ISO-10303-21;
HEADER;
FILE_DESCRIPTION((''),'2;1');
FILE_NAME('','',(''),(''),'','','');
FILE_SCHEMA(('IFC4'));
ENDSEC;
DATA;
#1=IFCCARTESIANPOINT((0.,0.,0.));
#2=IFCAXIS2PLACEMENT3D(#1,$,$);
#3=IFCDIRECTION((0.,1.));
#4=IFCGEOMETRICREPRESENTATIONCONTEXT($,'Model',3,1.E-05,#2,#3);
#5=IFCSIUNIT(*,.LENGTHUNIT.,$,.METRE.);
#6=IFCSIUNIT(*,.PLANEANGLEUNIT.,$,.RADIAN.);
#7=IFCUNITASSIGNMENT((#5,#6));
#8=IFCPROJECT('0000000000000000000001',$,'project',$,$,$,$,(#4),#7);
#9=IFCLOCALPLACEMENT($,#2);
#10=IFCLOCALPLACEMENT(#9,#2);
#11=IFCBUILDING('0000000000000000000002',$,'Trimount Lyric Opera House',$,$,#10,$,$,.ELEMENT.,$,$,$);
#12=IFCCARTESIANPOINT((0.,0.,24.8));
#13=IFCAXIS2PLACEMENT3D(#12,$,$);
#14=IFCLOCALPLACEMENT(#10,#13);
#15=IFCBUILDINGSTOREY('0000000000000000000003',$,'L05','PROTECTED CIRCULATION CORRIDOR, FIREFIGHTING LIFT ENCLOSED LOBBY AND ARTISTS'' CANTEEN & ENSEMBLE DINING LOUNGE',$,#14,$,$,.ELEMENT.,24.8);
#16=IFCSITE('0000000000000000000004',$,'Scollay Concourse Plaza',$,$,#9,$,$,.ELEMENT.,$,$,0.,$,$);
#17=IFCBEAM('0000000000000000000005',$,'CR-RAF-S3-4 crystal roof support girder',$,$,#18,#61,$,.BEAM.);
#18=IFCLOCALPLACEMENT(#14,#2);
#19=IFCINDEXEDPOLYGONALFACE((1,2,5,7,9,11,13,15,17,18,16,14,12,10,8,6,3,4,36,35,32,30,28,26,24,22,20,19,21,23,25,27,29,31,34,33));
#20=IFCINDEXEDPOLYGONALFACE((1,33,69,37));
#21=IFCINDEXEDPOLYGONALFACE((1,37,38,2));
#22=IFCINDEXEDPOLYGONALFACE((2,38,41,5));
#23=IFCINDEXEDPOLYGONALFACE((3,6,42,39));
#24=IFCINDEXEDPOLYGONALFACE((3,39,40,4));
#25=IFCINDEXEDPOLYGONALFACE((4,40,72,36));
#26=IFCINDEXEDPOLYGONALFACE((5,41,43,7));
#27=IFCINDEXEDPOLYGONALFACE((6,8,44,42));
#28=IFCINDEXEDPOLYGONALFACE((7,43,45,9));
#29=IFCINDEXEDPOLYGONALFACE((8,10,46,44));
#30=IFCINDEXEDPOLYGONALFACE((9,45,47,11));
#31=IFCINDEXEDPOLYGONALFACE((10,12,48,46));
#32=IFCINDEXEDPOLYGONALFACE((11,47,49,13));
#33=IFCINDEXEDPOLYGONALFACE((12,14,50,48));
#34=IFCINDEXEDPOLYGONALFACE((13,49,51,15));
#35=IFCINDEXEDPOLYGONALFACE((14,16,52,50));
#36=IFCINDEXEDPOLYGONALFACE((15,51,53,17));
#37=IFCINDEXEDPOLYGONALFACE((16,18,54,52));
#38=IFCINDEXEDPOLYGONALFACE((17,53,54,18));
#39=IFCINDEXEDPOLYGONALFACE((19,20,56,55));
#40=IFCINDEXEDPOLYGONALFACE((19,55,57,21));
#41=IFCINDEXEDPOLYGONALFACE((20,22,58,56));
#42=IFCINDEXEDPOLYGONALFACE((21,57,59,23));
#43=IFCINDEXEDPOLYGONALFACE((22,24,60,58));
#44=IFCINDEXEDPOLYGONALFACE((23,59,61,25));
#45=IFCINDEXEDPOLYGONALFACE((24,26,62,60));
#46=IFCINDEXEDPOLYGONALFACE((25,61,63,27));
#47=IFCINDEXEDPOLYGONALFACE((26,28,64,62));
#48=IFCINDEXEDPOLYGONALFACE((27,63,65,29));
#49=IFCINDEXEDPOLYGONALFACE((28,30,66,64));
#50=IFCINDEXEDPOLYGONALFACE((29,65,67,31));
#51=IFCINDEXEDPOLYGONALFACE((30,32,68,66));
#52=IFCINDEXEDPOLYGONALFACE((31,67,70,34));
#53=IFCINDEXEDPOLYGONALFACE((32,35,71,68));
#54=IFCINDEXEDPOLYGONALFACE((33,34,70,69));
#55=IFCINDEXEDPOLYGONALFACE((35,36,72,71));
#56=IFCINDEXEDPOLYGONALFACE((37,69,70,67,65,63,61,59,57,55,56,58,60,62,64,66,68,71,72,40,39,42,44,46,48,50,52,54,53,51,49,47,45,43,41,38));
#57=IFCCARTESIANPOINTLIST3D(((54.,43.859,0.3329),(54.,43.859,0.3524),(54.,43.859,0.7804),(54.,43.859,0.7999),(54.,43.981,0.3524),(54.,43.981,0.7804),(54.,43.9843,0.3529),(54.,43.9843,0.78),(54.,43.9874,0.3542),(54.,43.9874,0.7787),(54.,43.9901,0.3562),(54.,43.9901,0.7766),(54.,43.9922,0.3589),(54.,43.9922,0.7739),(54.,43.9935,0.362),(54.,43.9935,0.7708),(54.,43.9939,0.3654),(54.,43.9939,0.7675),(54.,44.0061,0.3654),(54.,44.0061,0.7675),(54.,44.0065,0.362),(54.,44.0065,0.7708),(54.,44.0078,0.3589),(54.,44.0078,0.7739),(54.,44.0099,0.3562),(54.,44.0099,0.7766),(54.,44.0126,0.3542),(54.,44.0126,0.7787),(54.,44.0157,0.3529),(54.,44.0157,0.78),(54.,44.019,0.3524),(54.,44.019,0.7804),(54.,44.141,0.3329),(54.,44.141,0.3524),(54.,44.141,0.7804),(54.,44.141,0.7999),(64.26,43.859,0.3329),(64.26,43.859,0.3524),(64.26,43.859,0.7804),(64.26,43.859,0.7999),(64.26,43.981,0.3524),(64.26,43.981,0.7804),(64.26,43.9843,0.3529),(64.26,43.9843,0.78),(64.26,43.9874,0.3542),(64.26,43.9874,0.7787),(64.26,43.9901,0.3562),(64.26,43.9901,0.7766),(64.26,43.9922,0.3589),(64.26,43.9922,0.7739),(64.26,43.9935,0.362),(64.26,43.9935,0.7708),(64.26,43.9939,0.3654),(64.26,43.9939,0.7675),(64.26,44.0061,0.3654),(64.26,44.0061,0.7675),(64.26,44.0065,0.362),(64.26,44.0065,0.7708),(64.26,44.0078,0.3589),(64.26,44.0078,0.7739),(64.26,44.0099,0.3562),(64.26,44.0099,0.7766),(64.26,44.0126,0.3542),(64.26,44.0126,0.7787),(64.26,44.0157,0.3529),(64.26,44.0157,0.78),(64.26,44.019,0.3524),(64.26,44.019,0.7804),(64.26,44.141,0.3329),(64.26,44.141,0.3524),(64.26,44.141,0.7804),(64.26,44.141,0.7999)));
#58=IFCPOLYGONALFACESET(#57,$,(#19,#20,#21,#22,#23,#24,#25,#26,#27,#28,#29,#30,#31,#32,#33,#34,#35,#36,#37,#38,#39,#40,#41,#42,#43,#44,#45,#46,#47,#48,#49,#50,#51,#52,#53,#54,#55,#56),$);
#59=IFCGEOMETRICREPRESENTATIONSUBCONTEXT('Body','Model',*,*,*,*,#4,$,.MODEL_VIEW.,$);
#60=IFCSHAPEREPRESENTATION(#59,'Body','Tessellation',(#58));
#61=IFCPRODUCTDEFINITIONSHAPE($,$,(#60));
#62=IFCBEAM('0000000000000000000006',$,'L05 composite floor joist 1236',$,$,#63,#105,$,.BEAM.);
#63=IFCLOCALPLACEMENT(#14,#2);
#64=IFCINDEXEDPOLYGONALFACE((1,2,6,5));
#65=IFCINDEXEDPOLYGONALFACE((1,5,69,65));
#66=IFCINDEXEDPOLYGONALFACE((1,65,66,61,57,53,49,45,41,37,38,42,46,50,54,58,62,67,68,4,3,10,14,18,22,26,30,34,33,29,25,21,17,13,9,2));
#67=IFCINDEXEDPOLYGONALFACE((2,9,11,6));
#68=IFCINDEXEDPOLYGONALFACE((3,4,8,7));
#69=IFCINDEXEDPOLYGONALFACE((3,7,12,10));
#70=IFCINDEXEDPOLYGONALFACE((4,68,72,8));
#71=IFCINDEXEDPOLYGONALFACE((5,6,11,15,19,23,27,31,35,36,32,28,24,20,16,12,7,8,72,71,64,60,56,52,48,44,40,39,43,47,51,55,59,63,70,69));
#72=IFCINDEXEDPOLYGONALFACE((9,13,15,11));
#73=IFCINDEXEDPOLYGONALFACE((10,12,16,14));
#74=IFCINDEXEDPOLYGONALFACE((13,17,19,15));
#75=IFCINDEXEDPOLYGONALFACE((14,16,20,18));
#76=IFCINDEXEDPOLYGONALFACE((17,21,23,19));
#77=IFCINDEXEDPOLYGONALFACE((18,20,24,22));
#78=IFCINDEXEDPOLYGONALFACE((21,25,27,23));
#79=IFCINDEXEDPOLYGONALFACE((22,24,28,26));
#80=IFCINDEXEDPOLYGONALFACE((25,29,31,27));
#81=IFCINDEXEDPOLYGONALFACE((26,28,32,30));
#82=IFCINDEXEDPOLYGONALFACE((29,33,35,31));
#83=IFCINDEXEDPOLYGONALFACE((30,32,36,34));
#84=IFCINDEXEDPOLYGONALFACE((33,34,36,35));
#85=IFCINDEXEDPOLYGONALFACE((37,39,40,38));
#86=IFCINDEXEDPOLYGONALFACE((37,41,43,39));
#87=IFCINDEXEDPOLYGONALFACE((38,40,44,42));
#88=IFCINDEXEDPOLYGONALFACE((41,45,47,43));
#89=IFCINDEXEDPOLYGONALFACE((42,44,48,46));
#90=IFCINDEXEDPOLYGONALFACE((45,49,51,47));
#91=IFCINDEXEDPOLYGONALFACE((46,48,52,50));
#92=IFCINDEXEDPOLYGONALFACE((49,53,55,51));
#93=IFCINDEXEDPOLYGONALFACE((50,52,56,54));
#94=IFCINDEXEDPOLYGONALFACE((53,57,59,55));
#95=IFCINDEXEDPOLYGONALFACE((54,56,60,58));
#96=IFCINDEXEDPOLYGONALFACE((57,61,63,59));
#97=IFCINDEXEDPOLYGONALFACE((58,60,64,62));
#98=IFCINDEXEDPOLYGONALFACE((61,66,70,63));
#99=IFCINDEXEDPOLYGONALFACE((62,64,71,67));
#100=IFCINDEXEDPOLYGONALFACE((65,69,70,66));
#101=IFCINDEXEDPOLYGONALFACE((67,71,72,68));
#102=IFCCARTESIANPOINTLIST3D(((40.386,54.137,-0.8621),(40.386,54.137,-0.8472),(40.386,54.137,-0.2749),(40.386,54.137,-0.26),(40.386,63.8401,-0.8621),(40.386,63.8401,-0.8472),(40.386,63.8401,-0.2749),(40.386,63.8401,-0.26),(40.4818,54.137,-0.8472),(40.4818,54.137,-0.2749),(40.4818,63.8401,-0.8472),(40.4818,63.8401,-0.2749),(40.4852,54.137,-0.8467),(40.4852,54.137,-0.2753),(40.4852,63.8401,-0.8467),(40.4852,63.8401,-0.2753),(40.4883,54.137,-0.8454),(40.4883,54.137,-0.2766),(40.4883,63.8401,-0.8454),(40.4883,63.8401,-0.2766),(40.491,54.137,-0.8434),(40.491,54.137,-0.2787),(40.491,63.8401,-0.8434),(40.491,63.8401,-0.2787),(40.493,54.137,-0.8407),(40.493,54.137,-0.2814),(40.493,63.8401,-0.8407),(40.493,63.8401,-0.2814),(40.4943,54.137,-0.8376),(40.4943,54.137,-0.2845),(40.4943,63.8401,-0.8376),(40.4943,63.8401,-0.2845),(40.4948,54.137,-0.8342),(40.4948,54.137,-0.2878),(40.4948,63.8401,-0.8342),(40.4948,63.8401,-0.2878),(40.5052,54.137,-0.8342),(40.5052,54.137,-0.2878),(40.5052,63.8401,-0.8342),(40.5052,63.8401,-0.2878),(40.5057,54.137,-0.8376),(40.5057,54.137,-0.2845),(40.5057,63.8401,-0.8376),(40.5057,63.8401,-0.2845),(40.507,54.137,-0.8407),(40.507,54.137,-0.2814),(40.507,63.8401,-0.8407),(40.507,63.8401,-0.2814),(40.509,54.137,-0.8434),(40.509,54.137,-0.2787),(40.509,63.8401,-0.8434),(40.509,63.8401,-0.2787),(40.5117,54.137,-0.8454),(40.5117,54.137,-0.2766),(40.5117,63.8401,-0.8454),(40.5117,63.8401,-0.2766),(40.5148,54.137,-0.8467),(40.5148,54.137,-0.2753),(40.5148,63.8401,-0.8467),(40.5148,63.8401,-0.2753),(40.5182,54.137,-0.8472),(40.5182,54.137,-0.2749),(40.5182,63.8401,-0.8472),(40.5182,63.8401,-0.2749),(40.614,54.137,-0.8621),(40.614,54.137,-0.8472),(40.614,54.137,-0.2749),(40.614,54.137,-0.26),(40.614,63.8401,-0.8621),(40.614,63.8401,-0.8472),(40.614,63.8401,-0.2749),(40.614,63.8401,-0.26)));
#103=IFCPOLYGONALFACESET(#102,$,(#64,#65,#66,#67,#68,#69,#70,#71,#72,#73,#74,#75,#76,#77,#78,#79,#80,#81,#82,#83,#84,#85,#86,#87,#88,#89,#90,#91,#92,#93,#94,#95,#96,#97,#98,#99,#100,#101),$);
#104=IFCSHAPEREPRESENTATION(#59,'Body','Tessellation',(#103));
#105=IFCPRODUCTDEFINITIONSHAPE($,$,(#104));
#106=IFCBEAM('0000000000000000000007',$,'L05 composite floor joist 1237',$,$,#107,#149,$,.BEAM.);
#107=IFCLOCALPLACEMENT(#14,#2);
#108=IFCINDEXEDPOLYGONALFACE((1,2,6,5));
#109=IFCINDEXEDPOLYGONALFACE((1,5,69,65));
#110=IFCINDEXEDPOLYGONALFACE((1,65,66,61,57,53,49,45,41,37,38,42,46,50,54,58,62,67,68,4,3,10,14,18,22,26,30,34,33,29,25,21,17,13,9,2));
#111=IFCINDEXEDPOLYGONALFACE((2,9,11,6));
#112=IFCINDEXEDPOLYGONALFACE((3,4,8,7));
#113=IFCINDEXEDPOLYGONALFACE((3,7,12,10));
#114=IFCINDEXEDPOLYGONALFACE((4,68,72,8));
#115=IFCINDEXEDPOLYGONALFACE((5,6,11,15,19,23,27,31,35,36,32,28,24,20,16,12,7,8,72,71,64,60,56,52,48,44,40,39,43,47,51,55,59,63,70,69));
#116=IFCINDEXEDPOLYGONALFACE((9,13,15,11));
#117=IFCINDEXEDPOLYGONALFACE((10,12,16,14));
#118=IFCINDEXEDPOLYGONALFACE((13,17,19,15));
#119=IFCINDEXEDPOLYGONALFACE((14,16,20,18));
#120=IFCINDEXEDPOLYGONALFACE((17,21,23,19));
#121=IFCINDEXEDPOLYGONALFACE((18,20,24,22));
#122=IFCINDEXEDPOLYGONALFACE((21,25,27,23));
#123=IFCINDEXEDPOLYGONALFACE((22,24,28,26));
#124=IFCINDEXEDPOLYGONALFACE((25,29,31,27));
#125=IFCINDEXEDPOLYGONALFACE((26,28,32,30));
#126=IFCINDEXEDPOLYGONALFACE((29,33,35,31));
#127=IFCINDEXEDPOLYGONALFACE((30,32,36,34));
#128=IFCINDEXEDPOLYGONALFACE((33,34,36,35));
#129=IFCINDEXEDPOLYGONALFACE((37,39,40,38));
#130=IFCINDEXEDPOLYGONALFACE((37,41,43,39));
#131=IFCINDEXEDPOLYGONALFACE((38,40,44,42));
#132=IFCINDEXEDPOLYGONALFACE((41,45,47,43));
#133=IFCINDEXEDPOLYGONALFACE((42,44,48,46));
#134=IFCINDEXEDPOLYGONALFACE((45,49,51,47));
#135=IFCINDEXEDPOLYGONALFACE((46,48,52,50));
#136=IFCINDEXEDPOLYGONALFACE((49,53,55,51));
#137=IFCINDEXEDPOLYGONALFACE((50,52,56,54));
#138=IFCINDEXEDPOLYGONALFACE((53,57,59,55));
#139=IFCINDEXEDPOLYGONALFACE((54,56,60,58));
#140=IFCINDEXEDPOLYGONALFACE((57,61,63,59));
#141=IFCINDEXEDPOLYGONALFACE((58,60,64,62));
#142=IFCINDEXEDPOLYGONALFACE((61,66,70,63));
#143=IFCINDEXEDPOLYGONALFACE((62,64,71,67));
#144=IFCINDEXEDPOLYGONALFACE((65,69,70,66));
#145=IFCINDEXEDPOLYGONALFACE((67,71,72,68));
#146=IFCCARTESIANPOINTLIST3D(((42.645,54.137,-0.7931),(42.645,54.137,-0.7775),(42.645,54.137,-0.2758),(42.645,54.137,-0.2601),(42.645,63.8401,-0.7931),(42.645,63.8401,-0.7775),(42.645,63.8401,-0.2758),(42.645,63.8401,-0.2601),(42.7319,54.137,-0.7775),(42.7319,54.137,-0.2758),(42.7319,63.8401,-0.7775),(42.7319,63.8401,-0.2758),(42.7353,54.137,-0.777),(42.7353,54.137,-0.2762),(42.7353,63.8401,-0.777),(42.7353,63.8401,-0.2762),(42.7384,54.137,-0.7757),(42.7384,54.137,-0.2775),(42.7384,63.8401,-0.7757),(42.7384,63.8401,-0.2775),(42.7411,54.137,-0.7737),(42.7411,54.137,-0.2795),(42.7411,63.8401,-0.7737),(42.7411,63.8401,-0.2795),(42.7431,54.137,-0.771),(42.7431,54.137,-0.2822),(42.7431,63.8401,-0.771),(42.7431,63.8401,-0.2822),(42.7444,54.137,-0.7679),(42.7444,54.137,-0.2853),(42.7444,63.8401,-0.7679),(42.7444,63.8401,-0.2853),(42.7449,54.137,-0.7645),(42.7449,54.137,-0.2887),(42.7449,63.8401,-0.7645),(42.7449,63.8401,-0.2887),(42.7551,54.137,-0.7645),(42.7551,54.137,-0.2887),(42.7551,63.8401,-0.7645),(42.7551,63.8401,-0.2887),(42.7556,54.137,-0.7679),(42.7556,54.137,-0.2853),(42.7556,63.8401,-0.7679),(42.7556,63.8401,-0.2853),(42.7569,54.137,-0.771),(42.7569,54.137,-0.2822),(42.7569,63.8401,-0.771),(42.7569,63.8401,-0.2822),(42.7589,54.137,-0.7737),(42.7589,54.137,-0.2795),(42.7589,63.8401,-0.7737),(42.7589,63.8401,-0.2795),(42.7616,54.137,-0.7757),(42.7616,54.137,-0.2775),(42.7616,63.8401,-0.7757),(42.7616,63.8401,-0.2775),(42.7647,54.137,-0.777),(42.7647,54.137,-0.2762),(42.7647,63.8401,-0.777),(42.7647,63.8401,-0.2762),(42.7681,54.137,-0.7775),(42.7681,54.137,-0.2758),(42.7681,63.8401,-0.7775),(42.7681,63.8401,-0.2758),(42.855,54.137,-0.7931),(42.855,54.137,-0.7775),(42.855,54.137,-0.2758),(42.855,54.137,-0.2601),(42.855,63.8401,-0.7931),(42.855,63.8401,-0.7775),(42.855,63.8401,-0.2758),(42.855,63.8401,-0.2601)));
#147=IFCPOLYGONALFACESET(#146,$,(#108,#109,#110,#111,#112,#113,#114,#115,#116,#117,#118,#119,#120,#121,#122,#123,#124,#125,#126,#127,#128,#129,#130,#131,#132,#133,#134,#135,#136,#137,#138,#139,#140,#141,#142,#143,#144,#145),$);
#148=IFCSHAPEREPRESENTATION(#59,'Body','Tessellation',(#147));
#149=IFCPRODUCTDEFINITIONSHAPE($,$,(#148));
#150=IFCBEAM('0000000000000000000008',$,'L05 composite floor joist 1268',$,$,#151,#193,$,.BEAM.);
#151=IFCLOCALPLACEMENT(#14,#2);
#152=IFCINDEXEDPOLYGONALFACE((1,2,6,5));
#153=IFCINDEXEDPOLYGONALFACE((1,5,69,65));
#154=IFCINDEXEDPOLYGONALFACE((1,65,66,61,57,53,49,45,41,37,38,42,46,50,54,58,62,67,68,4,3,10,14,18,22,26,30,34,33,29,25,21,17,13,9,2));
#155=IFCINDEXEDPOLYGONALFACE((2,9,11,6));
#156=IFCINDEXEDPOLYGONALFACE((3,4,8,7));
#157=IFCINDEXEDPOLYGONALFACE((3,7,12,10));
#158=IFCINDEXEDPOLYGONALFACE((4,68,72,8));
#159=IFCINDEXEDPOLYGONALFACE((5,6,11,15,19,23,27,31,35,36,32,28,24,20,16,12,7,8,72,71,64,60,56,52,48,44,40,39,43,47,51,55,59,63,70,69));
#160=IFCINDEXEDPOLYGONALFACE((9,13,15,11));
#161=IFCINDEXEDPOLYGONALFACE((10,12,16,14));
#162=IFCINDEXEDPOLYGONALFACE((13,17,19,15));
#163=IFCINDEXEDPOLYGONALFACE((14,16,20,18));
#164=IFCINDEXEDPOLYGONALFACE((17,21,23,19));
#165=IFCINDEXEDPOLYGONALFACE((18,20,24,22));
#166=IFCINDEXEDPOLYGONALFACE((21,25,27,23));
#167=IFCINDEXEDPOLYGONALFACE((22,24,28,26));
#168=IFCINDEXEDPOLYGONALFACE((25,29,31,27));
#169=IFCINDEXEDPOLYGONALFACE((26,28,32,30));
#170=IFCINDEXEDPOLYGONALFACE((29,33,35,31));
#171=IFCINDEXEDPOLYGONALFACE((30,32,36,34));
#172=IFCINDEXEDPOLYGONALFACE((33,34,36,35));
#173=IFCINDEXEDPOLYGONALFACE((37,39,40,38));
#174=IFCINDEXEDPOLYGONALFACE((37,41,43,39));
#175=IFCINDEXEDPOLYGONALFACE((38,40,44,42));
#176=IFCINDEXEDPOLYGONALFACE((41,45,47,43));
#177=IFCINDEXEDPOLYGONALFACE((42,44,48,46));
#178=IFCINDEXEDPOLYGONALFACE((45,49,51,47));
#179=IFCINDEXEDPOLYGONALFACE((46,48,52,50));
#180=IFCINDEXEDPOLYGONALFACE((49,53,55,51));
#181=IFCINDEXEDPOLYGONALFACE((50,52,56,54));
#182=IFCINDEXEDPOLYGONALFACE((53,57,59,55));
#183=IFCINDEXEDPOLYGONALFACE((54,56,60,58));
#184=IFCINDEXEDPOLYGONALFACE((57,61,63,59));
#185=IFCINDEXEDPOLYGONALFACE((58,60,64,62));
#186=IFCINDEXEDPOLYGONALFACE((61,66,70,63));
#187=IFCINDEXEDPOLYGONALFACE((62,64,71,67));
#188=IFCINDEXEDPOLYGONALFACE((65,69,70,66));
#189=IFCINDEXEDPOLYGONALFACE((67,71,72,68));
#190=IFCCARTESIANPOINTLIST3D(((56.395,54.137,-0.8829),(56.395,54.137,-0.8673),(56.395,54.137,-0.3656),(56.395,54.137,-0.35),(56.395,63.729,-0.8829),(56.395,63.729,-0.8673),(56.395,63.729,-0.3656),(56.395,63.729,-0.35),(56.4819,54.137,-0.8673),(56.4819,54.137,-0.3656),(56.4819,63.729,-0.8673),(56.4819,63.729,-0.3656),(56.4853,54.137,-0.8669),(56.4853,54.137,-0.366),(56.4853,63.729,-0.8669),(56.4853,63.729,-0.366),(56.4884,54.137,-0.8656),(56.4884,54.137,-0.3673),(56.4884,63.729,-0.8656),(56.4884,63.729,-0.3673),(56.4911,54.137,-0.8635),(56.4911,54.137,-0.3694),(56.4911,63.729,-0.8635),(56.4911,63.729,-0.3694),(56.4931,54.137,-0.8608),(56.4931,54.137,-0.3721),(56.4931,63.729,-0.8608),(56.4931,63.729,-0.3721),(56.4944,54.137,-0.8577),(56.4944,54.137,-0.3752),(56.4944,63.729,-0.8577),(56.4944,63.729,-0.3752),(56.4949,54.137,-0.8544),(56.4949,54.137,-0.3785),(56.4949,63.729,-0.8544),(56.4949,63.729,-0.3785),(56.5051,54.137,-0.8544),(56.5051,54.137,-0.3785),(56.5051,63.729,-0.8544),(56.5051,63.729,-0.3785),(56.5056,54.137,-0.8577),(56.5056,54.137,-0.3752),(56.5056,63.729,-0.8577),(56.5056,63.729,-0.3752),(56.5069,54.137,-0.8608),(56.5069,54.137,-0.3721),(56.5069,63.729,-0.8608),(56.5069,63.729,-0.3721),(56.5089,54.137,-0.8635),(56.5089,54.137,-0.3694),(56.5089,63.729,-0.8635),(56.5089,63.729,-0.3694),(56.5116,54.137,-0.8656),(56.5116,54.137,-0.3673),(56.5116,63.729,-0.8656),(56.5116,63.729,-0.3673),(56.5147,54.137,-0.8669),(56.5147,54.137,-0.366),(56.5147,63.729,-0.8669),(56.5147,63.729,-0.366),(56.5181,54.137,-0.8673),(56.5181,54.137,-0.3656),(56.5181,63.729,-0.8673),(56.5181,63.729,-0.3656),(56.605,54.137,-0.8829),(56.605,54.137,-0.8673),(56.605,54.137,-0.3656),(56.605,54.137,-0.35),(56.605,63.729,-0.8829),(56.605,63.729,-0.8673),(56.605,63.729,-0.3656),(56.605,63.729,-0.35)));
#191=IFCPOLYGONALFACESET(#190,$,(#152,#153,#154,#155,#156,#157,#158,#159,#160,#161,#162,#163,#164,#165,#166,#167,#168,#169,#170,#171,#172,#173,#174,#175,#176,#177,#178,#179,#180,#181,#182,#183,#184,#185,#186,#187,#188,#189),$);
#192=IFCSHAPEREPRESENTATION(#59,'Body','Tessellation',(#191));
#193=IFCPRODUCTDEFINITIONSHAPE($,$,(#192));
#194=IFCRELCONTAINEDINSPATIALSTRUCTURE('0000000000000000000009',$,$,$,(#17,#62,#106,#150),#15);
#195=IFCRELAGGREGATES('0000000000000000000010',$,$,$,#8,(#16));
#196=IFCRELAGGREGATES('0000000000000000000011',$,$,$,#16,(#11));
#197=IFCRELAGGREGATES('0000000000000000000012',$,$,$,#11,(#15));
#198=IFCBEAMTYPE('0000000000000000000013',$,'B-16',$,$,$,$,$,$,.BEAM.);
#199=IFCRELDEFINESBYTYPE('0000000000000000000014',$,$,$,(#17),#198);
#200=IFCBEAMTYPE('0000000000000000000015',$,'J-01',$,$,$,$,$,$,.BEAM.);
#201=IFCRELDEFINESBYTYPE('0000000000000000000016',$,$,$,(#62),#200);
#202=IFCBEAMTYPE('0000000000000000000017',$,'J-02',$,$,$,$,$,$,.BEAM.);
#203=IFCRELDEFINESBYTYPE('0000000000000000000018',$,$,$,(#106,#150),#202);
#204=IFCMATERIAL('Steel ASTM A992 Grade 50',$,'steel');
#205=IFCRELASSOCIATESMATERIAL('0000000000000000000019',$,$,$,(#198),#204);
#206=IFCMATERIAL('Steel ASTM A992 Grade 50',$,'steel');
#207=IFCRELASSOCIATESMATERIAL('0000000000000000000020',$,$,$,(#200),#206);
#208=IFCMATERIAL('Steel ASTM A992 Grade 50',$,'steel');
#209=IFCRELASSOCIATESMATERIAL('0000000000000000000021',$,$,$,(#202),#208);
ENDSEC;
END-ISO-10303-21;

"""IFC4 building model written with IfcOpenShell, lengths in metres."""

from ifc_helpers import new_model, si_unit, direction, frame, origin, origin_2d, place, context, subcontext, project, spatial, i_section, extrude, material, material_profile, profile_set, type_object, element, save


model = new_model("IFC4")

# Units and contexts
model_context = context("Model", 3, precision=1e-05, world=origin(), true_north=direction((0.0, 1.0)))
body_context = subcontext(model_context, "Body", "Model", "MODEL_VIEW")
ifc_project = project(units=[si_unit("LENGTHUNIT", "METRE"), si_unit("PLANEANGLEUNIT", "RADIAN")], contexts=[model_context])

# Site, building, storey
site_placement = place(None, origin())
site = spatial("IfcSite", under=ifc_project, at=site_placement, Name="Scollay Concourse Plaza", CompositionType="ELEMENT", RefElevation=0.0)
building_placement = place(site_placement, origin())
building = spatial("IfcBuilding", under=site, at=building_placement, Name="Trimount Lyric Opera House", CompositionType="ELEMENT")
storey_placement = place(building_placement, frame((0.0, 0.0, 24.8)))
storey = spatial("IfcBuildingStorey", under=building, at=storey_placement, Name="L05", Description="PROTECTED CIRCULATION CORRIDOR, FIREFIGHTING LIFT ENCLOSED LOBBY AND ARTISTS' CANTEEN & ENSEMBLE DINING LOUNGE", CompositionType="ELEMENT", Elevation=24.8)

# Beams
ifc_material_1 = material(Name="Steel ASTM A992 Grade 50", Category="steel")
ifc_material_profile_1 = material_profile(ifc_material_1, i_section(OverallWidth=0.282, OverallDepth=0.467, WebThickness=0.0122, FlangeThickness=0.0195, FilletRadius=0.0129, at=origin_2d()), Name="W18X86")
ifc_profile_set_1 = profile_set([ifc_material_profile_1], Name="Steel ASTM A992 Grade 50")
beam_type_1 = type_object("IfcBeamType", Name="B-16", PredefinedType="BEAM", material=ifc_profile_set_1)
for number, where, z_axis, x_axis, name in (
    (1, (54.0, 44.0, 0.5664), (1.0, 0.0, 0.0), (0.0, 1.0, 0.0), "CR-RAF-S3-4 crystal roof support girder"),
):
    element("IfcBeam", number, at=place(storey_placement, frame(where, z_axis=z_axis, x_axis=x_axis)), inside=storey, type_object=beam_type_1, Name=name, PredefinedType="BEAM", context=body_context, shape_type="SweptSolid", body=[
        extrude(i_section(OverallWidth=0.282, OverallDepth=0.467, WebThickness=0.0122, FlangeThickness=0.0195, FilletRadius=0.0129, at=origin_2d()), origin(), (0.0, 0.0, 1.0), 10.26),
    ])
ifc_material_2 = material(Name="Steel ASTM A992 Grade 50", Category="steel")
ifc_material_profile_2 = material_profile(ifc_material_2, i_section(OverallWidth=0.228, OverallDepth=0.6021, WebThickness=0.0105, FlangeThickness=0.0149, FilletRadius=0.0129, at=origin_2d()), Name="W24X68")
ifc_profile_set_2 = profile_set([ifc_material_profile_2], Name="Steel ASTM A992 Grade 50")
beam_type_2 = type_object("IfcBeamType", Name="J-01", PredefinedType="BEAM", material=ifc_profile_set_2)
beam_1_placement = place(storey_placement, frame((40.5, 54.137, -0.561), z_axis=(0.0, 1.0, 0.0), x_axis=(-1.0, 0.0, 0.0)))
element("IfcBeam", 2, at=beam_1_placement, inside=storey, type_object=beam_type_2, Name="L05 composite floor joist 1236", PredefinedType="BEAM", context=body_context, shape_type="SweptSolid", body=[
    extrude(i_section(OverallWidth=0.228, OverallDepth=0.6021, WebThickness=0.0105, FlangeThickness=0.0149, FilletRadius=0.0129, at=origin_2d()), origin(), (0.0, 0.0, 1.0), 9.7031),
])
ifc_material_3 = material(Name="Steel ASTM A992 Grade 50", Category="steel")
ifc_material_profile_3 = material_profile(ifc_material_3, i_section(OverallWidth=0.21, OverallDepth=0.533, WebThickness=0.0103, FlangeThickness=0.0156, FilletRadius=0.0129, at=origin_2d()), Name="W21X62")
ifc_profile_set_3 = profile_set([ifc_material_profile_3], Name="Steel ASTM A992 Grade 50")
beam_type_3 = type_object("IfcBeamType", Name="J-02", PredefinedType="BEAM", material=ifc_profile_set_3)
beam_2_placement = place(storey_placement, frame((42.75, 54.137, -0.5266), z_axis=(0.0, 1.0, 0.0), x_axis=(-1.0, 0.0, 0.0)))
element("IfcBeam", 3, at=beam_2_placement, inside=storey, type_object=beam_type_3, Name="L05 composite floor joist 1237", PredefinedType="BEAM", context=body_context, shape_type="SweptSolid", body=[
    extrude(i_section(OverallWidth=0.21, OverallDepth=0.533, WebThickness=0.0103, FlangeThickness=0.0156, FilletRadius=0.0129, at=origin_2d()), origin(), (0.0, 0.0, 1.0), 9.7031),
])
beam_3_placement = place(storey_placement, frame((56.5, 54.137, -0.6165), z_axis=(0.0, 1.0, 0.0), x_axis=(-1.0, 0.0, 0.0)))
element("IfcBeam", 4, at=beam_3_placement, inside=storey, type_object=beam_type_3, Name="L05 composite floor joist 1268", PredefinedType="BEAM", context=body_context, shape_type="SweptSolid", body=[
    extrude(i_section(OverallWidth=0.21, OverallDepth=0.533, WebThickness=0.0103, FlangeThickness=0.0156, FilletRadius=0.0129, at=origin_2d()), origin(), (0.0, 0.0, 1.0), 9.592),
])

save(model, "model.ifc")
